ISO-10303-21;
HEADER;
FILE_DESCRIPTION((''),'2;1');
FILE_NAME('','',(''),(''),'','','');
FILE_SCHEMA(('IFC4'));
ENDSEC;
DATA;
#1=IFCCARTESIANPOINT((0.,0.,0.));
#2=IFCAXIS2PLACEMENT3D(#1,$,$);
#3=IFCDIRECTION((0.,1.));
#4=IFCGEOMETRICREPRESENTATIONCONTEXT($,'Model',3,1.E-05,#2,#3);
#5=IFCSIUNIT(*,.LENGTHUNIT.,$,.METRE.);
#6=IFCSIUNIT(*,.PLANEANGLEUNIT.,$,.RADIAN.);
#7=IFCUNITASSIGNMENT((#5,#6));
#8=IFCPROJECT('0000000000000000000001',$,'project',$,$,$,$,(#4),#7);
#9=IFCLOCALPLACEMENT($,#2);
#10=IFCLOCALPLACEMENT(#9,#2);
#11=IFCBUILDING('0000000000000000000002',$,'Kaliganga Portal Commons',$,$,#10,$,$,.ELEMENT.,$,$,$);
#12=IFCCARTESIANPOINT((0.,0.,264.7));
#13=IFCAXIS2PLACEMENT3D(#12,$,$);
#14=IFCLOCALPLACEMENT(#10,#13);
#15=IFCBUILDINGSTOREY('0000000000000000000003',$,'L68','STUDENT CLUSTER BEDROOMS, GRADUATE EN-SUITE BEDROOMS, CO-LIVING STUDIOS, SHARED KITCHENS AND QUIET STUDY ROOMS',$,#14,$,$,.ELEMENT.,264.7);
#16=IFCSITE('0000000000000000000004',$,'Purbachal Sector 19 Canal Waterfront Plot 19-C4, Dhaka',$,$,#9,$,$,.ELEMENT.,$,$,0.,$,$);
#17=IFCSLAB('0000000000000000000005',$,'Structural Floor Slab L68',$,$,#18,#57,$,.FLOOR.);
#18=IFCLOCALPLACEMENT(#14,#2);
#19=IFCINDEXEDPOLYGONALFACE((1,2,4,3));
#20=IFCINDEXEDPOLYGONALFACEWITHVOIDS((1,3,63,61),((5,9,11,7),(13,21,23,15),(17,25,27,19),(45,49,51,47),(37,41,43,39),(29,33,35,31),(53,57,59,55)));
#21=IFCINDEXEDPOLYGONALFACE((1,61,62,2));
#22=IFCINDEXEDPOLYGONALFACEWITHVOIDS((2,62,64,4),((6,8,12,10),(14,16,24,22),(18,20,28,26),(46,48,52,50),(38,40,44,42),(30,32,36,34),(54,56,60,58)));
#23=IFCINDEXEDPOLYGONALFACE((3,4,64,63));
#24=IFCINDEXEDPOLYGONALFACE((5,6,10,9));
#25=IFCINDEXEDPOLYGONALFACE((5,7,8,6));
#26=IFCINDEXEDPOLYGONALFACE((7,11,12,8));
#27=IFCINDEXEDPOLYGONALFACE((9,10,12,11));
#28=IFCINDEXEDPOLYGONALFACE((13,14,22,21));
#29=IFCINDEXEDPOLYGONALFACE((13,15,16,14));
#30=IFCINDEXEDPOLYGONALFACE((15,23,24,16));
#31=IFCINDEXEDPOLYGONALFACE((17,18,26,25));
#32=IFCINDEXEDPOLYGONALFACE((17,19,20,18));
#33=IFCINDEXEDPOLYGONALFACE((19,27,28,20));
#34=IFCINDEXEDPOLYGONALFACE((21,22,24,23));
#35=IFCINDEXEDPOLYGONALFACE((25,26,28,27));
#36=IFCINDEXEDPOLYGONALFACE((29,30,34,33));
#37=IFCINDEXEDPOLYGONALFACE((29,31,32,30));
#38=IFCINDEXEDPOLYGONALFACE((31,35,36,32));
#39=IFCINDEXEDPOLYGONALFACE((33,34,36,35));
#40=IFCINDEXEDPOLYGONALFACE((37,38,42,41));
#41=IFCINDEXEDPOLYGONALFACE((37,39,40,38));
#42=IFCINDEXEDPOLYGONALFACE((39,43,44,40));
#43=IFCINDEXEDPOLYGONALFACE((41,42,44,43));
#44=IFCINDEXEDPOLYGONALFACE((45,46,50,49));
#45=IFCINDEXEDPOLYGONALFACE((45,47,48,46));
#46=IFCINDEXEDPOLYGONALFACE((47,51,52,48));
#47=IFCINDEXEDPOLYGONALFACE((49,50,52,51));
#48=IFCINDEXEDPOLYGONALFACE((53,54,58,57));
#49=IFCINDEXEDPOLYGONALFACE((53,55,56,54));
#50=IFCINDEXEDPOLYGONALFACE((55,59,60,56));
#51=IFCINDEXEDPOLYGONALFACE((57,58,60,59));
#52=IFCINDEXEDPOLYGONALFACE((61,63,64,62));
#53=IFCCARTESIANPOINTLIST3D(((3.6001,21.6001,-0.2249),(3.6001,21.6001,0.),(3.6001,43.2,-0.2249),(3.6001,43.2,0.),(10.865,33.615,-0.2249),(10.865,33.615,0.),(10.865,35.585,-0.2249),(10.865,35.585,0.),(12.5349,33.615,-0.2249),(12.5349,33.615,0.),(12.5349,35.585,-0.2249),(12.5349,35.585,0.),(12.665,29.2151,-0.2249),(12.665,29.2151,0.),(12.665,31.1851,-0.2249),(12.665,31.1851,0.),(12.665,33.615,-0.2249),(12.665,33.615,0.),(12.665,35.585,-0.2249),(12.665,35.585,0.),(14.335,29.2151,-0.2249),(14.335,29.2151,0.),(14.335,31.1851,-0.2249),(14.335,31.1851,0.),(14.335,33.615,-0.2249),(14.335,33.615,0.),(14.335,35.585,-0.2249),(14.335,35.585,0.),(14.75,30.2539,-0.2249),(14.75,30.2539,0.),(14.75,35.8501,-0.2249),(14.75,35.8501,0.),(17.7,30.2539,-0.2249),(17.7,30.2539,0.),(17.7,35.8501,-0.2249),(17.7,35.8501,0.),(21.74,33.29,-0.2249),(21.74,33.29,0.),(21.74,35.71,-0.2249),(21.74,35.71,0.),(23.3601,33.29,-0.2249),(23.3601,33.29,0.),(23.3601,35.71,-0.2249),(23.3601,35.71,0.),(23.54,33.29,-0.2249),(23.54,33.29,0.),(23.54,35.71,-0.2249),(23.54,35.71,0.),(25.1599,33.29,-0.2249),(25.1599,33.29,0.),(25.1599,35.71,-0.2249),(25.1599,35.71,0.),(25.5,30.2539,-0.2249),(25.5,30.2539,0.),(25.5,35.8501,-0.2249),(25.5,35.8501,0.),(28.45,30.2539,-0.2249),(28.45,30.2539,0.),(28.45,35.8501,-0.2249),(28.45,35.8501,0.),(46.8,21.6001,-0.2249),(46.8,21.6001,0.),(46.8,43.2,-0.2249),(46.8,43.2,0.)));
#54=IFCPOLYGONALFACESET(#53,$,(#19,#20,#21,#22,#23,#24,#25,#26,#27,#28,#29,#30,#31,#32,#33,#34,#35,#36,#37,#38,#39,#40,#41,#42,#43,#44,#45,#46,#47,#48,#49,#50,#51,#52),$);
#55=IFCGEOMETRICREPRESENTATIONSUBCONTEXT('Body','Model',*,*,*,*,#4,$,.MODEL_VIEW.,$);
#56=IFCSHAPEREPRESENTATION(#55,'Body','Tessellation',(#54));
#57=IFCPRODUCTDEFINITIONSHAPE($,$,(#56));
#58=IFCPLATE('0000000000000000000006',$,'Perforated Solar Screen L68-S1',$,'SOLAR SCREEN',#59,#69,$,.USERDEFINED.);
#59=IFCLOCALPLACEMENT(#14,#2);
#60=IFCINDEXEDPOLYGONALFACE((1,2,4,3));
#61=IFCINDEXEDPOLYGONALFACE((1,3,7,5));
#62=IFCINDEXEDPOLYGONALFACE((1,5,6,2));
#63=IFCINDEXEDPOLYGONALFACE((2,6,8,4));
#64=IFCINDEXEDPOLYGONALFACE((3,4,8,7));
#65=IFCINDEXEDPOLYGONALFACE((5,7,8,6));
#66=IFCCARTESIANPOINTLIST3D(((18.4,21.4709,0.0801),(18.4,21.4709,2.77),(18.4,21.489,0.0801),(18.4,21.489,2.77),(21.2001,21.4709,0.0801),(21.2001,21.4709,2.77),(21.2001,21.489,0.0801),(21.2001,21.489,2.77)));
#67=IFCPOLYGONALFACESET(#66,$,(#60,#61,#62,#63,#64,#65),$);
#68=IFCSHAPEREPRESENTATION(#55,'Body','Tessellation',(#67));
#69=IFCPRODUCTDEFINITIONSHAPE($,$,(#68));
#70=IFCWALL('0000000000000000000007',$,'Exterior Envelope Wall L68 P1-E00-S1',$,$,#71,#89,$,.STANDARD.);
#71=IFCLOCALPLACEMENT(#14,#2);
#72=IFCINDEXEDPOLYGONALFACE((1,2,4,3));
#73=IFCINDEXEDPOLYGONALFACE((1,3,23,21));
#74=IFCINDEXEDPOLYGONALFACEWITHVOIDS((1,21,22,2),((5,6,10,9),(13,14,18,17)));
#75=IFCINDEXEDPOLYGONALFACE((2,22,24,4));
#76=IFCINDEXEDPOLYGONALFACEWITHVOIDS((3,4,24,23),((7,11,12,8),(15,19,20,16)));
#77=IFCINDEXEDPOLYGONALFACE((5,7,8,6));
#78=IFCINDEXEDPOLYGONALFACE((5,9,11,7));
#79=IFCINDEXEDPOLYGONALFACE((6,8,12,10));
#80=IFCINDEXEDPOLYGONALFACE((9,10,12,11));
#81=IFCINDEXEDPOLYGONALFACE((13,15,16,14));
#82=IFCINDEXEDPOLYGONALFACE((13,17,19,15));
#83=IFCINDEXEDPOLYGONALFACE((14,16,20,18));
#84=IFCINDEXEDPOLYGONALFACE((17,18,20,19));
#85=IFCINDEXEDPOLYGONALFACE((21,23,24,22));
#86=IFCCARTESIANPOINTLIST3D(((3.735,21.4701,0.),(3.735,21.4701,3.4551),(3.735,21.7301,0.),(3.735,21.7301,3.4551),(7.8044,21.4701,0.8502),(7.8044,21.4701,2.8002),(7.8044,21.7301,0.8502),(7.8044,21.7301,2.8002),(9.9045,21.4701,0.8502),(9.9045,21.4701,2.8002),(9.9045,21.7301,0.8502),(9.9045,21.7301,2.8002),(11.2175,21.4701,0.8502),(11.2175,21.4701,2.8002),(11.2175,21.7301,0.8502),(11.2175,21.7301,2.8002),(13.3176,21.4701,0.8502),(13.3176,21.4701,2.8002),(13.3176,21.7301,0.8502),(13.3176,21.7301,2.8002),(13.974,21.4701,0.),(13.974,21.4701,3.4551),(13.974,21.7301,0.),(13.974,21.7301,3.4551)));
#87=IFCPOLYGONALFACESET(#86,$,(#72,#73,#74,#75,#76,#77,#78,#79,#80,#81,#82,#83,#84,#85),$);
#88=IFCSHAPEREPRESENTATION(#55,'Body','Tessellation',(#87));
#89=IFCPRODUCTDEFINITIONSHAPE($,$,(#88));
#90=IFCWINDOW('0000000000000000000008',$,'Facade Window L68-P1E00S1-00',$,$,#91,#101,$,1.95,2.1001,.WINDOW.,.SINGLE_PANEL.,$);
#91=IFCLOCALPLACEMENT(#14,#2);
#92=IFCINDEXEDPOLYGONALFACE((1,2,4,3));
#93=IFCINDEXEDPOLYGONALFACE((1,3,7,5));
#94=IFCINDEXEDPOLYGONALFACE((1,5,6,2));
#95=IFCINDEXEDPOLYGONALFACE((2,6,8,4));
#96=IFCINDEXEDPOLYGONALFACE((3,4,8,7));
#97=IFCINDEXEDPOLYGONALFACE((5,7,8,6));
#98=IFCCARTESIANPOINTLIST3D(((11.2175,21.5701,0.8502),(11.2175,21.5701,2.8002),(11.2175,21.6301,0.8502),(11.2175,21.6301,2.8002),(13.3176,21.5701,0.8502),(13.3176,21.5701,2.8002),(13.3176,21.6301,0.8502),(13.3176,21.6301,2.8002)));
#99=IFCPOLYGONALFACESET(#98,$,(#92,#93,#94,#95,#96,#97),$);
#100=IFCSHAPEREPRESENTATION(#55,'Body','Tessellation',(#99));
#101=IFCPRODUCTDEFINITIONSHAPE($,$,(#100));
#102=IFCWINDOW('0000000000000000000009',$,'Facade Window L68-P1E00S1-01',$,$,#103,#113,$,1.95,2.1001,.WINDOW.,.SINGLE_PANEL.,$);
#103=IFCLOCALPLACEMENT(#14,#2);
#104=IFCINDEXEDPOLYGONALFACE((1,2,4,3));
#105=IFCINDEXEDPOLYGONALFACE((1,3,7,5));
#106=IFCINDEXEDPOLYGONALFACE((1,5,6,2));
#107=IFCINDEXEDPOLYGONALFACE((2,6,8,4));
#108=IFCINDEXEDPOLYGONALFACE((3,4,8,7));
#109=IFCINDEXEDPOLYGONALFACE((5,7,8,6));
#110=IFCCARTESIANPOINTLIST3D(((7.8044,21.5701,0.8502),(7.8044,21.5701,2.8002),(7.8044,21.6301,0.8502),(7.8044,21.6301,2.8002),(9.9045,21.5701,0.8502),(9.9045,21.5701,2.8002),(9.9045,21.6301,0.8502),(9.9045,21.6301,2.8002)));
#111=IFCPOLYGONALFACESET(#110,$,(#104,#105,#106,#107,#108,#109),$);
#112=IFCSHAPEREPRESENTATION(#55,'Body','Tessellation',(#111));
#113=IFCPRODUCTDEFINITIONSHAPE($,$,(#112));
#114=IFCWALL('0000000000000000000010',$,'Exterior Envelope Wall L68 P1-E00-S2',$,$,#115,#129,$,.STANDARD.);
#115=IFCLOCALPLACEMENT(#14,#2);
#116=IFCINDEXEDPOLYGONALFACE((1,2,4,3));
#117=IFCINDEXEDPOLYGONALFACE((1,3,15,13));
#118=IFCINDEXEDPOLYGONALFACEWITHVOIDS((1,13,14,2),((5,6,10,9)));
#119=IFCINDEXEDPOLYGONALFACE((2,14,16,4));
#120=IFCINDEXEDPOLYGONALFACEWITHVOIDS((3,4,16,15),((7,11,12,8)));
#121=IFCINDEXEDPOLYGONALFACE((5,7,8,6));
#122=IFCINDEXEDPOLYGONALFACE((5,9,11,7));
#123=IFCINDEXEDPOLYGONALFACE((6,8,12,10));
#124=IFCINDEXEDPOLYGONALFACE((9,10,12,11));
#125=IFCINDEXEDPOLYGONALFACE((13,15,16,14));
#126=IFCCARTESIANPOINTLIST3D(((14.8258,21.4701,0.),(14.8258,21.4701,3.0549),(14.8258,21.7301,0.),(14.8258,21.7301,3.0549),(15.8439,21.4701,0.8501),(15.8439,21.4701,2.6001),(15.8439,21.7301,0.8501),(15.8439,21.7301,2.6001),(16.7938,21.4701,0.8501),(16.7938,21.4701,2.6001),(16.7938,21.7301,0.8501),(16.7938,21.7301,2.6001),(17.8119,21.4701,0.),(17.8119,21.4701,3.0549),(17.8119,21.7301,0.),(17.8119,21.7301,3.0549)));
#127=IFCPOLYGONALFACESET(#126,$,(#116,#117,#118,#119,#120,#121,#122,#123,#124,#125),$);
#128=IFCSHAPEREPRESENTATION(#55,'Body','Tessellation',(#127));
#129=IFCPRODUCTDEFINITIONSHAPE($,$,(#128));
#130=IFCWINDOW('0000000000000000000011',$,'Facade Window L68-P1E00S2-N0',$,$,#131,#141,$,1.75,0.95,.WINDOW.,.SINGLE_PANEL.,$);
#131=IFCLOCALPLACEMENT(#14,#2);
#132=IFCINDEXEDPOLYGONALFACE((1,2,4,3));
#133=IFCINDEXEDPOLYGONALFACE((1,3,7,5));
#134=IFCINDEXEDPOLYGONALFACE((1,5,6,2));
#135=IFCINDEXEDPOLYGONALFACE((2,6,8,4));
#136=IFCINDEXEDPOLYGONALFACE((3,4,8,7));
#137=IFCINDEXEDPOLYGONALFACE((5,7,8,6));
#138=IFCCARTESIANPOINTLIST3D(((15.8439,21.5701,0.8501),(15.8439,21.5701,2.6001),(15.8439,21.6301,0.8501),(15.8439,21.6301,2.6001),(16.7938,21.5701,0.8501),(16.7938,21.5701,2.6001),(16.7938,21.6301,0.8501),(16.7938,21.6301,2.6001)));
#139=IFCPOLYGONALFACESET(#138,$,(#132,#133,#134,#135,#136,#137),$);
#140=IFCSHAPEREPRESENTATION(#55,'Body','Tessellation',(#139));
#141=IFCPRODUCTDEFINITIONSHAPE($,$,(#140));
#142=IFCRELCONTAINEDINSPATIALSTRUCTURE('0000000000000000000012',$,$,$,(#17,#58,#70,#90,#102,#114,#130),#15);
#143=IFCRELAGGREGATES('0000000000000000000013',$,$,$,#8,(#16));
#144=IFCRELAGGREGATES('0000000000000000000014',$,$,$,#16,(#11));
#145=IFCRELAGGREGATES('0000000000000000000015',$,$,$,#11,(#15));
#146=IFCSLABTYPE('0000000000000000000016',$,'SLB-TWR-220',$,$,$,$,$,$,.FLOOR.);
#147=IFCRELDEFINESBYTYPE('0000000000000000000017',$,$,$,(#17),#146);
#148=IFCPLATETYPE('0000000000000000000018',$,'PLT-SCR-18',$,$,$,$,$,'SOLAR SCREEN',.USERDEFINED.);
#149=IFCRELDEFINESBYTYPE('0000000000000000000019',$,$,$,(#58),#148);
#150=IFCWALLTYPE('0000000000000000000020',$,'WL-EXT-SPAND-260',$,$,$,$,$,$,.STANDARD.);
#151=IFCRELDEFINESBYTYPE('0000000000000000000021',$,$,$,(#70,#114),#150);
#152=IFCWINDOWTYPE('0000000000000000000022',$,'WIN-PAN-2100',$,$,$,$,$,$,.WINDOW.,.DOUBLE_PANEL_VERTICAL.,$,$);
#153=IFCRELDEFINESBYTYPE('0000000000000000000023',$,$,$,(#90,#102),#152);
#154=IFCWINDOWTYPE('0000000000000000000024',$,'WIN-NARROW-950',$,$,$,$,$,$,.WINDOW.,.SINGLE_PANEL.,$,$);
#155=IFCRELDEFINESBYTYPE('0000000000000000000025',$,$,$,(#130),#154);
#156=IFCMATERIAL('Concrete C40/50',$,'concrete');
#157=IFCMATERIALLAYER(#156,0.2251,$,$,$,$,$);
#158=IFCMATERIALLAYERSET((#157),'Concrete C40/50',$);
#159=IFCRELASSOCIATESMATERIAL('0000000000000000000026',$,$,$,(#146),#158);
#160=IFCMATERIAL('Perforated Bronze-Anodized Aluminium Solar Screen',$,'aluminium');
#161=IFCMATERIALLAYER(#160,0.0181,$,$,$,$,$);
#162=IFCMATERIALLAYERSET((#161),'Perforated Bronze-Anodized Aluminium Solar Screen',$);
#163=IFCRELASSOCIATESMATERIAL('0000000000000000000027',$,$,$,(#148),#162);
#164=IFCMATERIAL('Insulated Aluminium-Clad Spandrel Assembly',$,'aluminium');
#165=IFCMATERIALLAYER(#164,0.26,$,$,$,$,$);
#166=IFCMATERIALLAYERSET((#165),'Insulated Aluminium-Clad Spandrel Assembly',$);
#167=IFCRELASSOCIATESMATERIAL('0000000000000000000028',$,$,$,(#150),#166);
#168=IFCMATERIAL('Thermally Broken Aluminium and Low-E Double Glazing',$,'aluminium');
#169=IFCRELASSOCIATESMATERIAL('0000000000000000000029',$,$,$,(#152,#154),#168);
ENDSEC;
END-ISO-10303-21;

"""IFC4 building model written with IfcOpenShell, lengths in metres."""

from ifc_helpers import new_model, si_unit, direction, frame, frame_2d, origin, origin_2d, place, context, subcontext, project, spatial, polyline, rectangle, outline, extrude, source, transform, mapped, material, layer, layer_set, type_object, element, fill, save


model = new_model("IFC4")

# Units and contexts
model_context = context("Model", 3, precision=1e-05, world=origin(), true_north=direction((0.0, 1.0)))
body_context = subcontext(model_context, "Body", "Model", "MODEL_VIEW")
ifc_project = project(units=[si_unit("LENGTHUNIT", "METRE"), si_unit("PLANEANGLEUNIT", "RADIAN")], contexts=[model_context])

# Site, building, storey
site_placement = place(None, origin())
site = spatial("IfcSite", under=ifc_project, at=site_placement, Name="Purbachal Sector 19 Canal Waterfront Plot 19-C4, Dhaka", CompositionType="ELEMENT", RefElevation=0.0)
building_placement = place(site_placement, origin())
building = spatial("IfcBuilding", under=site, at=building_placement, Name="Kaliganga Portal Commons", CompositionType="ELEMENT")
storey_placement = place(building_placement, frame((0.0, 0.0, 264.7)))
storey = spatial("IfcBuildingStorey", under=building, at=storey_placement, Name="L68", Description="STUDENT CLUSTER BEDROOMS, GRADUATE EN-SUITE BEDROOMS, CO-LIVING STUDIOS, SHARED KITCHENS AND QUIET STUDY ROOMS", CompositionType="ELEMENT", Elevation=264.7)

# Shared definitions
ifc_material_1 = material(Name="Concrete C40/50", Category="concrete")

# Slab
ifc_layer_1 = layer(ifc_material_1, 0.2251)
ifc_layer_set_1 = layer_set([ifc_layer_1], Name="Concrete C40/50")
slab_type_1 = type_object("IfcSlabType", Name="SLB-TWR-220", PredefinedType="FLOOR", material=ifc_layer_set_1)
slab_1_placement = place(storey_placement, frame((0.0, 0.0, -0.2249)))
element("IfcSlab", 1, at=slab_1_placement, inside=storey, type_object=slab_type_1, Name="Structural Floor Slab L68", PredefinedType="FLOOR", context=body_context, shape_type="SweptSolid", body=[
    extrude(outline(polyline([(3.6001, 21.6001), (46.8, 21.6001), (46.8, 43.2), (3.6001, 43.2), (3.6001, 21.6001)]), holes=[polyline([(14.75, 30.2539), (14.75, 35.8501), (17.7, 35.8501), (17.7, 30.2539), (14.75, 30.2539)]), polyline([(25.5, 30.2539), (25.5, 35.8501), (28.45, 35.8501), (28.45, 30.2539), (25.5, 30.2539)]), polyline([(12.665, 33.615), (12.665, 35.585), (14.335, 35.585), (14.335, 33.615), (12.665, 33.615)]), polyline([(12.665, 29.2151), (12.665, 31.1851), (14.335, 31.1851), (14.335, 29.2151), (12.665, 29.2151)]), polyline([(10.865, 33.615), (10.865, 35.585), (12.5349, 35.585), (12.5349, 33.615), (10.865, 33.615)]), polyline([(21.74, 33.29), (21.74, 35.71), (23.3601, 35.71), (23.3601, 33.29), (21.74, 33.29)]), polyline([(23.54, 33.29), (23.54, 35.71), (25.1599, 35.71), (25.1599, 33.29), (23.54, 33.29)])]), origin(), (0.0, 0.0, 1.0), 0.2249),
])

# Plate
ifc_material_2 = material(Name="Perforated Bronze-Anodized Aluminium Solar Screen", Category="aluminium")
ifc_layer_2 = layer(ifc_material_2, 0.0181)
ifc_layer_set_2 = layer_set([ifc_layer_2], Name="Perforated Bronze-Anodized Aluminium Solar Screen")
plate_type = type_object("IfcPlateType", Name="PLT-SCR-18", ElementType="SOLAR SCREEN", PredefinedType="USERDEFINED", material=ifc_layer_set_2)
shared_shape_1 = source(origin(), body_context, "Body", "SweptSolid", [
    extrude(rectangle(XDim=2.8, YDim=0.0181, at=origin_2d()), origin(), (0.0, 0.0, 1.0), 2.6899),
])
plate_placement = place(storey_placement, frame((19.8, 21.48, 0.0801), z_axis=(0.0, 0.0, 1.0), x_axis=(1.0, 0.0, 0.0)))
element("IfcPlate", 2, at=plate_placement, inside=storey, type_object=plate_type, Name="Perforated Solar Screen L68-S1", ObjectType="SOLAR SCREEN", PredefinedType="USERDEFINED", context=body_context, shape_type="MappedRepresentation", body=[
    mapped(shared_shape_1, transform((0.0, 0.0, 0.0), x_axis=(1.0, 0.0, 0.0), y_axis=(0.0, 1.0, 0.0), z_axis=(0.0, 0.0, 1.0), scale=1.0)),
])

# Wall, openings, windows
ifc_material_3 = material(Name="Insulated Aluminium-Clad Spandrel Assembly", Category="aluminium")
ifc_layer_3 = layer(ifc_material_3, 0.26)
ifc_layer_set_3 = layer_set([ifc_layer_3], Name="Insulated Aluminium-Clad Spandrel Assembly")
wall_type = type_object("IfcWallType", Name="WL-EXT-SPAND-260", PredefinedType="STANDARD", material=ifc_layer_set_3)
wall_1_placement = place(storey_placement, frame((13.9741, 21.6001, 0.0), z_axis=(0.0, 0.0, 1.0), x_axis=(-1.0, 0.0, 0.0)))
wall_1 = element("IfcWall", 3, at=wall_1_placement, inside=storey, type_object=wall_type, Name="Exterior Envelope Wall L68 P1-E00-S1", PredefinedType="STANDARD", context=body_context, shape_type="SweptSolid", body=[
    extrude(rectangle(XDim=10.239, YDim=0.26, at=frame_2d((5.1196, 0.0))), origin(), (0.0, 0.0, 1.0), 3.4551),
])
opening_1_placement = place(wall_1_placement, frame((0.6565, 0.0, 0.8501)))
opening_1 = element("IfcOpeningElement", 4, at=opening_1_placement, cuts=wall_1, PredefinedType="OPENING", context=body_context, shape_type="SweptSolid", body=[
    extrude(rectangle(XDim=2.1001, YDim=1.95, at=frame_2d((1.05, 0.9751))), frame((0.0, 0.1401, 0.0), z_axis=(0.0, -1.0, 0.0), x_axis=(1.0, 0.0, 0.0)), (0.0, 0.0, 1.0), 0.28),
])
opening_2_placement = place(wall_1_placement, frame((4.0696, 0.0, 0.8501)))
opening_2 = element("IfcOpeningElement", 5, at=opening_2_placement, cuts=wall_1, PredefinedType="OPENING", context=body_context, shape_type="SweptSolid", body=[
    extrude(rectangle(XDim=2.1001, YDim=1.95, at=frame_2d((1.05, 0.9751))), frame((0.0, 0.1401, 0.0), z_axis=(0.0, -1.0, 0.0), x_axis=(1.0, 0.0, 0.0)), (0.0, 0.0, 1.0), 0.28),
])
ifc_material_4 = material(Name="Thermally Broken Aluminium and Low-E Double Glazing", Category="aluminium")
window_type_1 = type_object("IfcWindowType", Name="WIN-PAN-2100", PartitioningType="DOUBLE_PANEL_VERTICAL", PredefinedType="WINDOW", material=ifc_material_4)
window_1_placement = place(opening_1_placement, origin())
window_1 = element("IfcWindow", 6, at=window_1_placement, inside=storey, type_object=window_type_1, Name="Facade Window L68-P1E00S1-00", OverallHeight=1.95, OverallWidth=2.1001, PartitioningType="SINGLE_PANEL", PredefinedType="WINDOW", context=body_context, shape_type="SweptSolid", body=[
    extrude(rectangle(XDim=2.1001, YDim=1.95, at=frame_2d((1.05, 0.9751))), frame((0.0, 0.03, 0.0), z_axis=(0.0, -1.0, 0.0), x_axis=(1.0, 0.0, 0.0)), (0.0, 0.0, 1.0), 0.0601),
])
fill(opening_1, window_1)
window_2_placement = place(opening_2_placement, origin())
window_2 = element("IfcWindow", 7, at=window_2_placement, inside=storey, type_object=window_type_1, Name="Facade Window L68-P1E00S1-01", OverallHeight=1.95, OverallWidth=2.1001, PartitioningType="SINGLE_PANEL", PredefinedType="WINDOW", context=body_context, shape_type="SweptSolid", body=[
    extrude(rectangle(XDim=2.1001, YDim=1.95, at=frame_2d((1.05, 0.9751))), frame((0.0, 0.03, 0.0), z_axis=(0.0, -1.0, 0.0), x_axis=(1.0, 0.0, 0.0)), (0.0, 0.0, 1.0), 0.0601),
])
fill(opening_2, window_2)

# Wall, opening, window
wall_2_placement = place(storey_placement, frame((17.812, 21.6001, 0.0), z_axis=(0.0, 0.0, 1.0), x_axis=(-1.0, 0.0, 0.0)))
wall_2 = element("IfcWall", 8, at=wall_2_placement, inside=storey, type_object=wall_type, Name="Exterior Envelope Wall L68 P1-E00-S2", PredefinedType="STANDARD", context=body_context, shape_type="SweptSolid", body=[
    extrude(rectangle(XDim=2.9861, YDim=0.26, at=frame_2d((1.4932, 0.0))), origin(), (0.0, 0.0, 1.0), 3.0549),
])
opening_3_placement = place(wall_2_placement, frame((1.0181, 0.0, 0.8501)))
opening_3 = element("IfcOpeningElement", 9, at=opening_3_placement, cuts=wall_2, PredefinedType="OPENING", context=body_context, shape_type="SweptSolid", body=[
    extrude(rectangle(XDim=0.95, YDim=1.75, at=frame_2d((0.4751, 0.875))), frame((0.0, 0.1401, 0.0), z_axis=(0.0, -1.0, 0.0), x_axis=(1.0, 0.0, 0.0)), (0.0, 0.0, 1.0), 0.28),
])
window_type_2 = type_object("IfcWindowType", Name="WIN-NARROW-950", PartitioningType="SINGLE_PANEL", PredefinedType="WINDOW", material=ifc_material_4)
window_3_placement = place(opening_3_placement, origin())
window_3 = element("IfcWindow", 10, at=window_3_placement, inside=storey, type_object=window_type_2, Name="Facade Window L68-P1E00S2-N0", OverallHeight=1.75, OverallWidth=0.95, PartitioningType="SINGLE_PANEL", PredefinedType="WINDOW", context=body_context, shape_type="SweptSolid", body=[
    extrude(rectangle(XDim=0.95, YDim=1.75, at=frame_2d((0.4751, 0.875))), frame((0.0, 0.03, 0.0), z_axis=(0.0, -1.0, 0.0), x_axis=(1.0, 0.0, 0.0)), (0.0, 0.0, 1.0), 0.0601),
])
fill(opening_3, window_3)

save(model, "model.ifc")
